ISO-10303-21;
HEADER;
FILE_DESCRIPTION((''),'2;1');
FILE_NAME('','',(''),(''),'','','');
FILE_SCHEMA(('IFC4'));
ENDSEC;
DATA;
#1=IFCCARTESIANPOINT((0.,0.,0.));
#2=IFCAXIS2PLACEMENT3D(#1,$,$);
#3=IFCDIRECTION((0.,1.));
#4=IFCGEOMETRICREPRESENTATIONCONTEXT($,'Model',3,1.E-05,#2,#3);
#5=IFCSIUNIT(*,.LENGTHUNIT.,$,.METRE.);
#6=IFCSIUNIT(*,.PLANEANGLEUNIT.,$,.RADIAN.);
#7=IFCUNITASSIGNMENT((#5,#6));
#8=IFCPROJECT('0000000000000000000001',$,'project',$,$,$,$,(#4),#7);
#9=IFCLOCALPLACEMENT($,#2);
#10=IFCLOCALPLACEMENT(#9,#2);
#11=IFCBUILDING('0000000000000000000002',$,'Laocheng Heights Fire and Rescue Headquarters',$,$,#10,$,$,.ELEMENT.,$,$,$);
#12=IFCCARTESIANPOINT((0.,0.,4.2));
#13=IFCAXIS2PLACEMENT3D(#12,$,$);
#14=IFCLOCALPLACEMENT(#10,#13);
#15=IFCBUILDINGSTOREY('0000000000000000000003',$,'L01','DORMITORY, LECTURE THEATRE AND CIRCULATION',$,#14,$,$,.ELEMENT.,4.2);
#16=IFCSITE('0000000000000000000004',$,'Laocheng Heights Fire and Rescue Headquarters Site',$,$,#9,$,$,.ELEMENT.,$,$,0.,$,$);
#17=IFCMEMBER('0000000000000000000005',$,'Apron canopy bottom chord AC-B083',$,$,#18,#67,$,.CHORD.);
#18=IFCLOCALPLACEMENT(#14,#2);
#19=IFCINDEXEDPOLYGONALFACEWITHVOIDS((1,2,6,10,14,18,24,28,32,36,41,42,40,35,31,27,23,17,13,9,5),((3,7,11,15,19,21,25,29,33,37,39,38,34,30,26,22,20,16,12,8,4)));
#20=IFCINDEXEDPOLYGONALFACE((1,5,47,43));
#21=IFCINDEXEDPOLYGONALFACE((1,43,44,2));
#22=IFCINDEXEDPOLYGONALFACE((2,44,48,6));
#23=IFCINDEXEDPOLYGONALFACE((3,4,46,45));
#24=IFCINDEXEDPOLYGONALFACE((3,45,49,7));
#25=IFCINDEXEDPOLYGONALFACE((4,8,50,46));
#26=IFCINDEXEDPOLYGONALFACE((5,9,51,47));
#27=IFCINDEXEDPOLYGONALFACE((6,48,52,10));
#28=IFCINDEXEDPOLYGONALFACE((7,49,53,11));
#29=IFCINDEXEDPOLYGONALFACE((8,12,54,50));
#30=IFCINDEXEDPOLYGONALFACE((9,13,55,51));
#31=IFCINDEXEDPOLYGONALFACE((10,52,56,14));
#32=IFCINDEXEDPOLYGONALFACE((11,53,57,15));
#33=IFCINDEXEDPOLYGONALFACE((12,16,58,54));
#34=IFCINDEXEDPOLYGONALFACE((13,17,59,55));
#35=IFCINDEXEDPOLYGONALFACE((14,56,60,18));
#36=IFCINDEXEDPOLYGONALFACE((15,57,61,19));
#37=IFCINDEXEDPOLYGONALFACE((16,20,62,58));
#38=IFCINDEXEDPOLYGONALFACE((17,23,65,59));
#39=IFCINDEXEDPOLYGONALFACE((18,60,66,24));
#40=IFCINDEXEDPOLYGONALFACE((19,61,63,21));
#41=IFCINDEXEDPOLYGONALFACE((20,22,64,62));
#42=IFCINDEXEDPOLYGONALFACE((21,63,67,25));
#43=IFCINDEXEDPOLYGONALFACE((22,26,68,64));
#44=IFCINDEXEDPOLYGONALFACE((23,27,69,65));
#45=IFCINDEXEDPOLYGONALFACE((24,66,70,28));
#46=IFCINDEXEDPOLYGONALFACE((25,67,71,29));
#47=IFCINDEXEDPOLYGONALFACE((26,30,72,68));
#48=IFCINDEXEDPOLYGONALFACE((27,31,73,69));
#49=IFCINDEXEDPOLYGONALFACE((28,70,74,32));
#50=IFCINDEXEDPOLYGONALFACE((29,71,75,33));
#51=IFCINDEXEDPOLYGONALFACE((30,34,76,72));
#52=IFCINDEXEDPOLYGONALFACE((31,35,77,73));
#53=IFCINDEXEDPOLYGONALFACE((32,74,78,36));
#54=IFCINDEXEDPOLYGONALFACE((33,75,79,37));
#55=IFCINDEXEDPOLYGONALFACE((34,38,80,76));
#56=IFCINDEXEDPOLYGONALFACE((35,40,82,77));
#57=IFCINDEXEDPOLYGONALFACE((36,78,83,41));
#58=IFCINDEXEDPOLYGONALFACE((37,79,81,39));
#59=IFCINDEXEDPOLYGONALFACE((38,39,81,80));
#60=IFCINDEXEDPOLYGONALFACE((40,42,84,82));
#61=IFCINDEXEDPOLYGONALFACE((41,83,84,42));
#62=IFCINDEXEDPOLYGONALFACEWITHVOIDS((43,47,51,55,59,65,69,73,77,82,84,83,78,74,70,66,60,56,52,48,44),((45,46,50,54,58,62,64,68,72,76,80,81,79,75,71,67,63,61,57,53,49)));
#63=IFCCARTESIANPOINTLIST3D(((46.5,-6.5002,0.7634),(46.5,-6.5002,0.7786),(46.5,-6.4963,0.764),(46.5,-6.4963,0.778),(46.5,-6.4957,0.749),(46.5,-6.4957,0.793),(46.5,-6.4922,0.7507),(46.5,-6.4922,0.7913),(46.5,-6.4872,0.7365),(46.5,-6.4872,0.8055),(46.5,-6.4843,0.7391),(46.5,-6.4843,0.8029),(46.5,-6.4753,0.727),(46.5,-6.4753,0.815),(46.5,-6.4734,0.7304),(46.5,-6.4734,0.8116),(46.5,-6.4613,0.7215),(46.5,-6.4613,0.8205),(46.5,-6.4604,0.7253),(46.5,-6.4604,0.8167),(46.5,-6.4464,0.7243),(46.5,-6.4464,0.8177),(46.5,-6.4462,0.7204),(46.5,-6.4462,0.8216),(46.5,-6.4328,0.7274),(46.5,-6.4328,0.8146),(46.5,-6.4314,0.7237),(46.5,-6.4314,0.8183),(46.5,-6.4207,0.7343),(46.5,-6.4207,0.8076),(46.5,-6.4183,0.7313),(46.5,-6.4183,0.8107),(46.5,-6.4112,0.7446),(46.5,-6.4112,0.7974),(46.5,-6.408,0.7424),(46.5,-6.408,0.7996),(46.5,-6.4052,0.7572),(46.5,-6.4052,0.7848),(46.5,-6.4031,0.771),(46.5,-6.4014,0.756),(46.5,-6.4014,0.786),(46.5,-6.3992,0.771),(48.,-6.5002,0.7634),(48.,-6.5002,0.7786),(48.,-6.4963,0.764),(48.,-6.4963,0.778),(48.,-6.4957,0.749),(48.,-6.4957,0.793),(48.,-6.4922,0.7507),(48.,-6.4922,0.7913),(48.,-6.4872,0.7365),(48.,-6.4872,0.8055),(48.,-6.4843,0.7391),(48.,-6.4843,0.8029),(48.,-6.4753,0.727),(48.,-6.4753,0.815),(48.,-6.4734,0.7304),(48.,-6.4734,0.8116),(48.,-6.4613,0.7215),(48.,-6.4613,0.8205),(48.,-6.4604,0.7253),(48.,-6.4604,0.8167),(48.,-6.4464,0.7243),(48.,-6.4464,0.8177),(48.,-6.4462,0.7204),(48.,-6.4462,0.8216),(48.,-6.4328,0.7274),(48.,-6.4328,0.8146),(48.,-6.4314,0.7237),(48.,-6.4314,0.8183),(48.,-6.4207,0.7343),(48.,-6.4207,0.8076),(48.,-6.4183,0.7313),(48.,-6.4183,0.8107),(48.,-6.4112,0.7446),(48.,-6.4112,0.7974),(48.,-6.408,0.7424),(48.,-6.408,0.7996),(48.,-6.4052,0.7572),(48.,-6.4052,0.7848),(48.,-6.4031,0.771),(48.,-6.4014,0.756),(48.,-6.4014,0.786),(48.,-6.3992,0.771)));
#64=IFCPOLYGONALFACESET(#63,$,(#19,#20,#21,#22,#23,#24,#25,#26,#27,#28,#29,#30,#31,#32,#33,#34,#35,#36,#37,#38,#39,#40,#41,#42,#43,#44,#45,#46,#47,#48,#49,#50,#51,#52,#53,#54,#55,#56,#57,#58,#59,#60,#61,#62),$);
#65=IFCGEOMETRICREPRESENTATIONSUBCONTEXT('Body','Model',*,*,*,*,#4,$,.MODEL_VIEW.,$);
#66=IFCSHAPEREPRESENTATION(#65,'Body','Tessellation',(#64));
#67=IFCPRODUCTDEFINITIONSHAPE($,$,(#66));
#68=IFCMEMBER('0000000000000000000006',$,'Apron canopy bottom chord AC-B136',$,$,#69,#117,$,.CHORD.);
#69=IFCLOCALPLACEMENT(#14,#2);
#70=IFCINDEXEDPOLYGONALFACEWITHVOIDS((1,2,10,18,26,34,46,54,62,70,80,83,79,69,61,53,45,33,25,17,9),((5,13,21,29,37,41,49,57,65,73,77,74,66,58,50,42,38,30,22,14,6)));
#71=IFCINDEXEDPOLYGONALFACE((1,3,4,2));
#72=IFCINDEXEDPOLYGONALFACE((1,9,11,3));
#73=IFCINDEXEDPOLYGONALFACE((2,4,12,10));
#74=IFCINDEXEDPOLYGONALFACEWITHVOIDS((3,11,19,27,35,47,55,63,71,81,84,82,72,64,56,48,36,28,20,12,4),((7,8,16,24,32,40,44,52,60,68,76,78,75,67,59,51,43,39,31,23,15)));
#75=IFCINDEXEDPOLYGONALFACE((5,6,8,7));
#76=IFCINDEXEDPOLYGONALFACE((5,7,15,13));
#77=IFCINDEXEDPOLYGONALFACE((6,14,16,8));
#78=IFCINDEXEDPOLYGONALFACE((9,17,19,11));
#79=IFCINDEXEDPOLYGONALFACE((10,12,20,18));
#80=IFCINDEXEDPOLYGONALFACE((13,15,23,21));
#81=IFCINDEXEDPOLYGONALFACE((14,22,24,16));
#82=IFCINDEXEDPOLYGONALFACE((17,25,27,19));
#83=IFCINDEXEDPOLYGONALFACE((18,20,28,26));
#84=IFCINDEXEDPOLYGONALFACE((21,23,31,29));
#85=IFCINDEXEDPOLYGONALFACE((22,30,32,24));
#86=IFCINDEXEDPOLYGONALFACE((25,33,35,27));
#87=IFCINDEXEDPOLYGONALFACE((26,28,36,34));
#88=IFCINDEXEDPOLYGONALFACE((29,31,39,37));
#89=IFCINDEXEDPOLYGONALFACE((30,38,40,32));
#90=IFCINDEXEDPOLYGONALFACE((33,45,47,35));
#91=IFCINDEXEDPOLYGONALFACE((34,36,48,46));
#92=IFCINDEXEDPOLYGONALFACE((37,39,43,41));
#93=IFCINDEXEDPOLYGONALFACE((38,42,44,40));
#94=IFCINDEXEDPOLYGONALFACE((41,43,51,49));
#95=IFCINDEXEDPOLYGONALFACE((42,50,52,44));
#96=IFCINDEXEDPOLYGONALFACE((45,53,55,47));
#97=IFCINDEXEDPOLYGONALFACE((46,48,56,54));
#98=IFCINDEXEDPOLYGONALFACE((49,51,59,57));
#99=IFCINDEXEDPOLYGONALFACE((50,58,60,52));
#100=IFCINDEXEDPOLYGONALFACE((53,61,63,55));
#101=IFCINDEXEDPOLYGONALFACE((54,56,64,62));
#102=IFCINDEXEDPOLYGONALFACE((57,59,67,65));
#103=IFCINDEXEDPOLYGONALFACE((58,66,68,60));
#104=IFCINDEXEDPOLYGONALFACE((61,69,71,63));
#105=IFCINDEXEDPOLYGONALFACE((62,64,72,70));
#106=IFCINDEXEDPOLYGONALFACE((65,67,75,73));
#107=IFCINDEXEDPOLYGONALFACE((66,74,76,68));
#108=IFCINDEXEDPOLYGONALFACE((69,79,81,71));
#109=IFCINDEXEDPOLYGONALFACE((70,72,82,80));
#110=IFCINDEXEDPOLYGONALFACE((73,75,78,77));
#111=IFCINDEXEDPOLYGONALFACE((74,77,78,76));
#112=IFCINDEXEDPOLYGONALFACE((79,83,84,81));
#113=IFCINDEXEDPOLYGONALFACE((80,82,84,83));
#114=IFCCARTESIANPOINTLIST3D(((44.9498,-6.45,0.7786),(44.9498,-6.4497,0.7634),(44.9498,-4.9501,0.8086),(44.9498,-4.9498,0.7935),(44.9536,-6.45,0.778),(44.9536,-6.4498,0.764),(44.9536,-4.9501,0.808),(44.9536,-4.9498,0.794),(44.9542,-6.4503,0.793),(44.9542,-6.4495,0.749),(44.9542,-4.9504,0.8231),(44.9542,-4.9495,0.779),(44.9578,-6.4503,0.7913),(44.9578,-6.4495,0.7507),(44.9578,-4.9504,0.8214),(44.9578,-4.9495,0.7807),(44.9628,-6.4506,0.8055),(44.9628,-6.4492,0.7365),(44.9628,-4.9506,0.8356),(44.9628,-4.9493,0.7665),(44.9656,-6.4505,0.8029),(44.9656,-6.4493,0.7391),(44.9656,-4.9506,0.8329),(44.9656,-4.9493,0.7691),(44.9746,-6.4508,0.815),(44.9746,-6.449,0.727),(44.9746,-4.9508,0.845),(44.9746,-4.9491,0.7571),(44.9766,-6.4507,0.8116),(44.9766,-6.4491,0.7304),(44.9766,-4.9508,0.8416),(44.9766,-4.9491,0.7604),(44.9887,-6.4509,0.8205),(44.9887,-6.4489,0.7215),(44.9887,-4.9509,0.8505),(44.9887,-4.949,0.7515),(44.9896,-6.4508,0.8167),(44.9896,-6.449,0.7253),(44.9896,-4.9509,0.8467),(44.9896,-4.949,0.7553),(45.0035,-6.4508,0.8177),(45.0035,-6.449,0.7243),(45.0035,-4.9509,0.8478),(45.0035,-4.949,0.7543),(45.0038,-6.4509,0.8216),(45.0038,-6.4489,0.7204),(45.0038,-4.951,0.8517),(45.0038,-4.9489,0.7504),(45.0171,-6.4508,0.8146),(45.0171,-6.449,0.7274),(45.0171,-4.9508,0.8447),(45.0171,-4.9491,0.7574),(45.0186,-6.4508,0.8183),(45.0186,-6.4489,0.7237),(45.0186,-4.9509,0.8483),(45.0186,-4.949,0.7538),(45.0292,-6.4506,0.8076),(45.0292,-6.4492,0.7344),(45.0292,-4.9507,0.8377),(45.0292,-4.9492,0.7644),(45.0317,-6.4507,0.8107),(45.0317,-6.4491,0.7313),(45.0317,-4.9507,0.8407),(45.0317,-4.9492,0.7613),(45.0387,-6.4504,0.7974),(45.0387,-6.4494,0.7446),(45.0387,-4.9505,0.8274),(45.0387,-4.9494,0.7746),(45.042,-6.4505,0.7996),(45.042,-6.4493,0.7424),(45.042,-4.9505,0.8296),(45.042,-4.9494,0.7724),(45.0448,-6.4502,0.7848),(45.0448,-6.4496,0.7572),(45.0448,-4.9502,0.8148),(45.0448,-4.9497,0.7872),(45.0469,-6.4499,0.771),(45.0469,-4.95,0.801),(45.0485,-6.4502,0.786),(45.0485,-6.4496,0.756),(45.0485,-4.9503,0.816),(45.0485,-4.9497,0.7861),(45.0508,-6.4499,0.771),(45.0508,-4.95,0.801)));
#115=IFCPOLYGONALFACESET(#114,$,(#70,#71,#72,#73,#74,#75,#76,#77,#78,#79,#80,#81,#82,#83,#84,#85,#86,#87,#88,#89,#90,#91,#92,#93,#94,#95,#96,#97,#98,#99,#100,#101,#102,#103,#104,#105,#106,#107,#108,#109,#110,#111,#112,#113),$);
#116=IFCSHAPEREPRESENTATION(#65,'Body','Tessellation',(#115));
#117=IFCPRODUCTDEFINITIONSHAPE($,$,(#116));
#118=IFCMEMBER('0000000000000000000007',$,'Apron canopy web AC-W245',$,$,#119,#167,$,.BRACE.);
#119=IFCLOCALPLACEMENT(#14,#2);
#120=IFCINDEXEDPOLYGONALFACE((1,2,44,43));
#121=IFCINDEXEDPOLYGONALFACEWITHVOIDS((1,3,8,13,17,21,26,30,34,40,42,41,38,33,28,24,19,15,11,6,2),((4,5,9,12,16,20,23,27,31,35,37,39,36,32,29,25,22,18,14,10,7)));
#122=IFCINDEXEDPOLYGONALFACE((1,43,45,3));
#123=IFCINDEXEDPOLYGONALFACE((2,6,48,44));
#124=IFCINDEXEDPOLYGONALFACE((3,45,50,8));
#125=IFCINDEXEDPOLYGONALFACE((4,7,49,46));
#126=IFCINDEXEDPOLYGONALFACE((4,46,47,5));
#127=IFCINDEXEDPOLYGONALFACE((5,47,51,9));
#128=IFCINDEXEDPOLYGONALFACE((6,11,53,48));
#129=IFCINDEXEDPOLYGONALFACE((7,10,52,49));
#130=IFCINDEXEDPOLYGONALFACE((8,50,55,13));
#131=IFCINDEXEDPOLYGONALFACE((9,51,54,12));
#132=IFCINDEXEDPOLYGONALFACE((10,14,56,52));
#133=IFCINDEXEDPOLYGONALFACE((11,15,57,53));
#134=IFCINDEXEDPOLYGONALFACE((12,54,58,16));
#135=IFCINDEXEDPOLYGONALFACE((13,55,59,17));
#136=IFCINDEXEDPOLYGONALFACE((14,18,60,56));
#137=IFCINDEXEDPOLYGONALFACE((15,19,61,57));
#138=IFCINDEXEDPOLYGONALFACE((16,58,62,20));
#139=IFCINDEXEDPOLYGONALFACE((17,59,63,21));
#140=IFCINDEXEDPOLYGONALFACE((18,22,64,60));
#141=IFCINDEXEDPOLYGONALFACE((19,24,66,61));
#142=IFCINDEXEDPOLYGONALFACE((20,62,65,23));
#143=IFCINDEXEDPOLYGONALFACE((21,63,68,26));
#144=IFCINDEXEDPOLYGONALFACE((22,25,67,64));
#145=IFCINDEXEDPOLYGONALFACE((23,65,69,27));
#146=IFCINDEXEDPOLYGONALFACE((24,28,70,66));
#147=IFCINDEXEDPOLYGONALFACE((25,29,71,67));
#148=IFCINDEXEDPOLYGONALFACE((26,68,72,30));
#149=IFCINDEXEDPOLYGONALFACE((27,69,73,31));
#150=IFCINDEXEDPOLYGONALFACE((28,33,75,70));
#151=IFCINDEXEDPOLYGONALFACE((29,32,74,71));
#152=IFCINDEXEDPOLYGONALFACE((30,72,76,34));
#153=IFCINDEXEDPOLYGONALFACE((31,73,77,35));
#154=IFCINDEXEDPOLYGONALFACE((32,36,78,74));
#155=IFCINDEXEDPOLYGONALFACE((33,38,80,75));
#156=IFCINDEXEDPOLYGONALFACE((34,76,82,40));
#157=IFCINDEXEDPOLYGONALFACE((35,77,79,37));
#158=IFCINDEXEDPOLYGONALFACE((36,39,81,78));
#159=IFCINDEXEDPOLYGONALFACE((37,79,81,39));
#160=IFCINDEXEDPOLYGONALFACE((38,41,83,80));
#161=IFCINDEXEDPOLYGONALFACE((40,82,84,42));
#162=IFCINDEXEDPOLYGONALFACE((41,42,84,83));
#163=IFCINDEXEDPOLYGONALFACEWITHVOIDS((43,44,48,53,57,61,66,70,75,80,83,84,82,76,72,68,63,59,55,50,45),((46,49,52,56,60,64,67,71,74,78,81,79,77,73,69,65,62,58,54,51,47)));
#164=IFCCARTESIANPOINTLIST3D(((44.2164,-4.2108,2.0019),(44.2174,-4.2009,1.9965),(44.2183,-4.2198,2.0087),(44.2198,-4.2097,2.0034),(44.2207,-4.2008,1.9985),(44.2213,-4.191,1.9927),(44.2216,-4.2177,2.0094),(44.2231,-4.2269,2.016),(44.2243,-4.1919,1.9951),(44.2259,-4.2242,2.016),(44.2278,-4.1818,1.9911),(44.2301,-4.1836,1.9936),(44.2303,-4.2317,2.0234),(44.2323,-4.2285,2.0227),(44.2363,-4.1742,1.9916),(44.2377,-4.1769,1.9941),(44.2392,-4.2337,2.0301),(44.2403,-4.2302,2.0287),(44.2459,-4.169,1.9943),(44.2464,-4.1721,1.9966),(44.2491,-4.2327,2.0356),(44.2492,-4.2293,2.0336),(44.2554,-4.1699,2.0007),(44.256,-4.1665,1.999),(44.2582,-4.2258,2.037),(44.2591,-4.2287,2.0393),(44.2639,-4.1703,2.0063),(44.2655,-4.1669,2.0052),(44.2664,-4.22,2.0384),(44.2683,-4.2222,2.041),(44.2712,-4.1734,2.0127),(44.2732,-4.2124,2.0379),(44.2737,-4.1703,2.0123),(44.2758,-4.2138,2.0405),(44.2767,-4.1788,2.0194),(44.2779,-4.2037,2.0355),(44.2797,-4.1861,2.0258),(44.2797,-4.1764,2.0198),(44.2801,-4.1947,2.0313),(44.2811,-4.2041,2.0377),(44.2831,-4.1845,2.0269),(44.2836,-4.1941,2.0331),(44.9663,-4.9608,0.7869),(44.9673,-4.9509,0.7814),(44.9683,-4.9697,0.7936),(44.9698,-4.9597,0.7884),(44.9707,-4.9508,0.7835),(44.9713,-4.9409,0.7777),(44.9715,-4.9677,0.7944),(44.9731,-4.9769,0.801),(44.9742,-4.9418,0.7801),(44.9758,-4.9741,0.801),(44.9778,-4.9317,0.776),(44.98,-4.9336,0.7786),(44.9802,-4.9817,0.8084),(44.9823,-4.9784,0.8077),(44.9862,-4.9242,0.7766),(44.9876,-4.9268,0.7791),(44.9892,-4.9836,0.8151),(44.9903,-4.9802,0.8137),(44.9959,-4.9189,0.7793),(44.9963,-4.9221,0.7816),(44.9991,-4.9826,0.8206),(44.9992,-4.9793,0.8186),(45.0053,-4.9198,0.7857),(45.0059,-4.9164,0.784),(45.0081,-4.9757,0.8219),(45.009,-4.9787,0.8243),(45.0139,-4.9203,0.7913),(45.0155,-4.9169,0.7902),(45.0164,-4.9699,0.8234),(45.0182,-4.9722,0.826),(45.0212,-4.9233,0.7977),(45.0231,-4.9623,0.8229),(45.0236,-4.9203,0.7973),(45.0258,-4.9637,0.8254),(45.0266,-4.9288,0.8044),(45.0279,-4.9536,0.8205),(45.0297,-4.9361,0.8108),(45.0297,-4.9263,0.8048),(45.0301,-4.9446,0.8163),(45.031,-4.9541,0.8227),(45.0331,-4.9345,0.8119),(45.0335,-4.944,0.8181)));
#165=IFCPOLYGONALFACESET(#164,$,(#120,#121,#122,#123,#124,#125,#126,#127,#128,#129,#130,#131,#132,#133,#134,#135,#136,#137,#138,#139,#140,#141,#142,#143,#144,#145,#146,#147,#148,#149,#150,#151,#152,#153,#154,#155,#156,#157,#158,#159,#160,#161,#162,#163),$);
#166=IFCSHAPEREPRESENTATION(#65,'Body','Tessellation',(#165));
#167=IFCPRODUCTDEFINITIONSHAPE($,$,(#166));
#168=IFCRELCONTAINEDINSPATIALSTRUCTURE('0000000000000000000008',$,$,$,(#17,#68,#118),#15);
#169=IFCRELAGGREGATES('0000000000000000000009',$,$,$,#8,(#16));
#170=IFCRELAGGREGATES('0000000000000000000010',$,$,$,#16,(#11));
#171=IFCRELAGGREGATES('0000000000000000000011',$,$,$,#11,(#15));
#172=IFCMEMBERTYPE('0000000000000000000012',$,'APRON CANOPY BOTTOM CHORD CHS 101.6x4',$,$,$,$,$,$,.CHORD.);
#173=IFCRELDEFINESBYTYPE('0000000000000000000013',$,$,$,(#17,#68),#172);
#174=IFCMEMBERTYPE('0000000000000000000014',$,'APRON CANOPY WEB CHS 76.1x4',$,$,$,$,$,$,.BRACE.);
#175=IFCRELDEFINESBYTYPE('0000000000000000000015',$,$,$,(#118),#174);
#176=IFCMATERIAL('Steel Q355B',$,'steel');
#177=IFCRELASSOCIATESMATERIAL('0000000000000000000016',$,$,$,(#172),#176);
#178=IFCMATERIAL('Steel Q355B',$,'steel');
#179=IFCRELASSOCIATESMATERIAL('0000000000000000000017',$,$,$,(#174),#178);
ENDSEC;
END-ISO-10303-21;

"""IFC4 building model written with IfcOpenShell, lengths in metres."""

from ifc_helpers import new_model, si_unit, direction, frame, origin, origin_2d, place, context, subcontext, project, spatial, hollow_circle, extrude, material, material_profile, profile_set, type_object, element, save


model = new_model("IFC4")

# Units and contexts
model_context = context("Model", 3, precision=1e-05, world=origin(), true_north=direction((0.0, 1.0)))
body_context = subcontext(model_context, "Body", "Model", "MODEL_VIEW")
ifc_project = project(units=[si_unit("LENGTHUNIT", "METRE"), si_unit("PLANEANGLEUNIT", "RADIAN")], contexts=[model_context])

# Site, building, storey
site_placement = place(None, origin())
site = spatial("IfcSite", under=ifc_project, at=site_placement, Name="Laocheng Heights Fire and Rescue Headquarters Site", CompositionType="ELEMENT", RefElevation=0.0)
building_placement = place(site_placement, origin())
building = spatial("IfcBuilding", under=site, at=building_placement, Name="Laocheng Heights Fire and Rescue Headquarters", CompositionType="ELEMENT")
storey_placement = place(building_placement, frame((0.0, 0.0, 4.2)))
storey = spatial("IfcBuildingStorey", under=building, at=storey_placement, Name="L01", Description="DORMITORY, LECTURE THEATRE AND CIRCULATION", CompositionType="ELEMENT", Elevation=4.2)

# Members
ifc_material_1 = material(Name="Steel Q355B", Category="steel")
ifc_material_profile_1 = material_profile(ifc_material_1, hollow_circle(Radius=0.0508, WallThickness=0.0039, at=origin_2d()), Name="CHS 101.6x4")
ifc_profile_set_1 = profile_set([ifc_material_profile_1], Name="Steel Q355B")
member_type_1 = type_object("IfcMemberType", Name="APRON CANOPY BOTTOM CHORD CHS 101.6x4", PredefinedType="CHORD", material=ifc_profile_set_1)
for number, where, z_axis, x_axis, name in (
    (1, (46.5, -6.45, 0.771), (1.0, 0.0, 0.0), (0.0, 1.0, 0.0), "Apron canopy bottom chord AC-B083"),
):
    element("IfcMember", number, at=place(storey_placement, frame(where, z_axis=z_axis, x_axis=x_axis)), inside=storey, type_object=member_type_1, Name=name, PredefinedType="CHORD", context=body_context, shape_type="SweptSolid", body=[
        extrude(hollow_circle(Radius=0.0508, WallThickness=0.0039, at=origin_2d()), origin(), (0.0, 0.0, 1.0), 1.5),
    ])
member_placement = place(storey_placement, frame((45.0, -4.95, 0.801), z_axis=(0.0, -0.9998, -0.020016), x_axis=(1.0, 0.0, 0.0)))
element("IfcMember", 2, at=member_placement, inside=storey, type_object=member_type_1, Name="Apron canopy bottom chord AC-B136", PredefinedType="CHORD", context=body_context, shape_type="SweptSolid", body=[
    extrude(hollow_circle(Radius=0.0508, WallThickness=0.0039, at=origin_2d()), origin(), (0.0, 0.0, 1.0), 1.5002),
])
ifc_material_2 = material(Name="Steel Q355B", Category="steel")
ifc_material_profile_2 = material_profile(ifc_material_2, hollow_circle(Radius=0.0381, WallThickness=0.0039, at=origin_2d()), Name="CHS 76.1x4")
ifc_profile_set_2 = profile_set([ifc_material_profile_2], Name="Steel Q355B")
member_type_2 = type_object("IfcMemberType", Name="APRON CANOPY WEB CHS 76.1x4", PredefinedType="BRACE", material=ifc_profile_set_2)
for number, where, z_axis, x_axis, name in (
    (3, (45.0, -4.95, 0.801), (-0.465002, 0.465002, 0.753357), (-0.707107, -0.707107, 0.0), "Apron canopy web AC-W245"),
):
    element("IfcMember", number, at=place(storey_placement, frame(where, z_axis=z_axis, x_axis=x_axis)), inside=storey, type_object=member_type_2, Name=name, PredefinedType="BRACE", context=body_context, shape_type="SweptSolid", body=[
        extrude(hollow_circle(Radius=0.0381, WallThickness=0.0039, at=origin_2d()), origin(), (0.0, 0.0, 1.0), 1.6128),
    ])

save(model, "model.ifc")
